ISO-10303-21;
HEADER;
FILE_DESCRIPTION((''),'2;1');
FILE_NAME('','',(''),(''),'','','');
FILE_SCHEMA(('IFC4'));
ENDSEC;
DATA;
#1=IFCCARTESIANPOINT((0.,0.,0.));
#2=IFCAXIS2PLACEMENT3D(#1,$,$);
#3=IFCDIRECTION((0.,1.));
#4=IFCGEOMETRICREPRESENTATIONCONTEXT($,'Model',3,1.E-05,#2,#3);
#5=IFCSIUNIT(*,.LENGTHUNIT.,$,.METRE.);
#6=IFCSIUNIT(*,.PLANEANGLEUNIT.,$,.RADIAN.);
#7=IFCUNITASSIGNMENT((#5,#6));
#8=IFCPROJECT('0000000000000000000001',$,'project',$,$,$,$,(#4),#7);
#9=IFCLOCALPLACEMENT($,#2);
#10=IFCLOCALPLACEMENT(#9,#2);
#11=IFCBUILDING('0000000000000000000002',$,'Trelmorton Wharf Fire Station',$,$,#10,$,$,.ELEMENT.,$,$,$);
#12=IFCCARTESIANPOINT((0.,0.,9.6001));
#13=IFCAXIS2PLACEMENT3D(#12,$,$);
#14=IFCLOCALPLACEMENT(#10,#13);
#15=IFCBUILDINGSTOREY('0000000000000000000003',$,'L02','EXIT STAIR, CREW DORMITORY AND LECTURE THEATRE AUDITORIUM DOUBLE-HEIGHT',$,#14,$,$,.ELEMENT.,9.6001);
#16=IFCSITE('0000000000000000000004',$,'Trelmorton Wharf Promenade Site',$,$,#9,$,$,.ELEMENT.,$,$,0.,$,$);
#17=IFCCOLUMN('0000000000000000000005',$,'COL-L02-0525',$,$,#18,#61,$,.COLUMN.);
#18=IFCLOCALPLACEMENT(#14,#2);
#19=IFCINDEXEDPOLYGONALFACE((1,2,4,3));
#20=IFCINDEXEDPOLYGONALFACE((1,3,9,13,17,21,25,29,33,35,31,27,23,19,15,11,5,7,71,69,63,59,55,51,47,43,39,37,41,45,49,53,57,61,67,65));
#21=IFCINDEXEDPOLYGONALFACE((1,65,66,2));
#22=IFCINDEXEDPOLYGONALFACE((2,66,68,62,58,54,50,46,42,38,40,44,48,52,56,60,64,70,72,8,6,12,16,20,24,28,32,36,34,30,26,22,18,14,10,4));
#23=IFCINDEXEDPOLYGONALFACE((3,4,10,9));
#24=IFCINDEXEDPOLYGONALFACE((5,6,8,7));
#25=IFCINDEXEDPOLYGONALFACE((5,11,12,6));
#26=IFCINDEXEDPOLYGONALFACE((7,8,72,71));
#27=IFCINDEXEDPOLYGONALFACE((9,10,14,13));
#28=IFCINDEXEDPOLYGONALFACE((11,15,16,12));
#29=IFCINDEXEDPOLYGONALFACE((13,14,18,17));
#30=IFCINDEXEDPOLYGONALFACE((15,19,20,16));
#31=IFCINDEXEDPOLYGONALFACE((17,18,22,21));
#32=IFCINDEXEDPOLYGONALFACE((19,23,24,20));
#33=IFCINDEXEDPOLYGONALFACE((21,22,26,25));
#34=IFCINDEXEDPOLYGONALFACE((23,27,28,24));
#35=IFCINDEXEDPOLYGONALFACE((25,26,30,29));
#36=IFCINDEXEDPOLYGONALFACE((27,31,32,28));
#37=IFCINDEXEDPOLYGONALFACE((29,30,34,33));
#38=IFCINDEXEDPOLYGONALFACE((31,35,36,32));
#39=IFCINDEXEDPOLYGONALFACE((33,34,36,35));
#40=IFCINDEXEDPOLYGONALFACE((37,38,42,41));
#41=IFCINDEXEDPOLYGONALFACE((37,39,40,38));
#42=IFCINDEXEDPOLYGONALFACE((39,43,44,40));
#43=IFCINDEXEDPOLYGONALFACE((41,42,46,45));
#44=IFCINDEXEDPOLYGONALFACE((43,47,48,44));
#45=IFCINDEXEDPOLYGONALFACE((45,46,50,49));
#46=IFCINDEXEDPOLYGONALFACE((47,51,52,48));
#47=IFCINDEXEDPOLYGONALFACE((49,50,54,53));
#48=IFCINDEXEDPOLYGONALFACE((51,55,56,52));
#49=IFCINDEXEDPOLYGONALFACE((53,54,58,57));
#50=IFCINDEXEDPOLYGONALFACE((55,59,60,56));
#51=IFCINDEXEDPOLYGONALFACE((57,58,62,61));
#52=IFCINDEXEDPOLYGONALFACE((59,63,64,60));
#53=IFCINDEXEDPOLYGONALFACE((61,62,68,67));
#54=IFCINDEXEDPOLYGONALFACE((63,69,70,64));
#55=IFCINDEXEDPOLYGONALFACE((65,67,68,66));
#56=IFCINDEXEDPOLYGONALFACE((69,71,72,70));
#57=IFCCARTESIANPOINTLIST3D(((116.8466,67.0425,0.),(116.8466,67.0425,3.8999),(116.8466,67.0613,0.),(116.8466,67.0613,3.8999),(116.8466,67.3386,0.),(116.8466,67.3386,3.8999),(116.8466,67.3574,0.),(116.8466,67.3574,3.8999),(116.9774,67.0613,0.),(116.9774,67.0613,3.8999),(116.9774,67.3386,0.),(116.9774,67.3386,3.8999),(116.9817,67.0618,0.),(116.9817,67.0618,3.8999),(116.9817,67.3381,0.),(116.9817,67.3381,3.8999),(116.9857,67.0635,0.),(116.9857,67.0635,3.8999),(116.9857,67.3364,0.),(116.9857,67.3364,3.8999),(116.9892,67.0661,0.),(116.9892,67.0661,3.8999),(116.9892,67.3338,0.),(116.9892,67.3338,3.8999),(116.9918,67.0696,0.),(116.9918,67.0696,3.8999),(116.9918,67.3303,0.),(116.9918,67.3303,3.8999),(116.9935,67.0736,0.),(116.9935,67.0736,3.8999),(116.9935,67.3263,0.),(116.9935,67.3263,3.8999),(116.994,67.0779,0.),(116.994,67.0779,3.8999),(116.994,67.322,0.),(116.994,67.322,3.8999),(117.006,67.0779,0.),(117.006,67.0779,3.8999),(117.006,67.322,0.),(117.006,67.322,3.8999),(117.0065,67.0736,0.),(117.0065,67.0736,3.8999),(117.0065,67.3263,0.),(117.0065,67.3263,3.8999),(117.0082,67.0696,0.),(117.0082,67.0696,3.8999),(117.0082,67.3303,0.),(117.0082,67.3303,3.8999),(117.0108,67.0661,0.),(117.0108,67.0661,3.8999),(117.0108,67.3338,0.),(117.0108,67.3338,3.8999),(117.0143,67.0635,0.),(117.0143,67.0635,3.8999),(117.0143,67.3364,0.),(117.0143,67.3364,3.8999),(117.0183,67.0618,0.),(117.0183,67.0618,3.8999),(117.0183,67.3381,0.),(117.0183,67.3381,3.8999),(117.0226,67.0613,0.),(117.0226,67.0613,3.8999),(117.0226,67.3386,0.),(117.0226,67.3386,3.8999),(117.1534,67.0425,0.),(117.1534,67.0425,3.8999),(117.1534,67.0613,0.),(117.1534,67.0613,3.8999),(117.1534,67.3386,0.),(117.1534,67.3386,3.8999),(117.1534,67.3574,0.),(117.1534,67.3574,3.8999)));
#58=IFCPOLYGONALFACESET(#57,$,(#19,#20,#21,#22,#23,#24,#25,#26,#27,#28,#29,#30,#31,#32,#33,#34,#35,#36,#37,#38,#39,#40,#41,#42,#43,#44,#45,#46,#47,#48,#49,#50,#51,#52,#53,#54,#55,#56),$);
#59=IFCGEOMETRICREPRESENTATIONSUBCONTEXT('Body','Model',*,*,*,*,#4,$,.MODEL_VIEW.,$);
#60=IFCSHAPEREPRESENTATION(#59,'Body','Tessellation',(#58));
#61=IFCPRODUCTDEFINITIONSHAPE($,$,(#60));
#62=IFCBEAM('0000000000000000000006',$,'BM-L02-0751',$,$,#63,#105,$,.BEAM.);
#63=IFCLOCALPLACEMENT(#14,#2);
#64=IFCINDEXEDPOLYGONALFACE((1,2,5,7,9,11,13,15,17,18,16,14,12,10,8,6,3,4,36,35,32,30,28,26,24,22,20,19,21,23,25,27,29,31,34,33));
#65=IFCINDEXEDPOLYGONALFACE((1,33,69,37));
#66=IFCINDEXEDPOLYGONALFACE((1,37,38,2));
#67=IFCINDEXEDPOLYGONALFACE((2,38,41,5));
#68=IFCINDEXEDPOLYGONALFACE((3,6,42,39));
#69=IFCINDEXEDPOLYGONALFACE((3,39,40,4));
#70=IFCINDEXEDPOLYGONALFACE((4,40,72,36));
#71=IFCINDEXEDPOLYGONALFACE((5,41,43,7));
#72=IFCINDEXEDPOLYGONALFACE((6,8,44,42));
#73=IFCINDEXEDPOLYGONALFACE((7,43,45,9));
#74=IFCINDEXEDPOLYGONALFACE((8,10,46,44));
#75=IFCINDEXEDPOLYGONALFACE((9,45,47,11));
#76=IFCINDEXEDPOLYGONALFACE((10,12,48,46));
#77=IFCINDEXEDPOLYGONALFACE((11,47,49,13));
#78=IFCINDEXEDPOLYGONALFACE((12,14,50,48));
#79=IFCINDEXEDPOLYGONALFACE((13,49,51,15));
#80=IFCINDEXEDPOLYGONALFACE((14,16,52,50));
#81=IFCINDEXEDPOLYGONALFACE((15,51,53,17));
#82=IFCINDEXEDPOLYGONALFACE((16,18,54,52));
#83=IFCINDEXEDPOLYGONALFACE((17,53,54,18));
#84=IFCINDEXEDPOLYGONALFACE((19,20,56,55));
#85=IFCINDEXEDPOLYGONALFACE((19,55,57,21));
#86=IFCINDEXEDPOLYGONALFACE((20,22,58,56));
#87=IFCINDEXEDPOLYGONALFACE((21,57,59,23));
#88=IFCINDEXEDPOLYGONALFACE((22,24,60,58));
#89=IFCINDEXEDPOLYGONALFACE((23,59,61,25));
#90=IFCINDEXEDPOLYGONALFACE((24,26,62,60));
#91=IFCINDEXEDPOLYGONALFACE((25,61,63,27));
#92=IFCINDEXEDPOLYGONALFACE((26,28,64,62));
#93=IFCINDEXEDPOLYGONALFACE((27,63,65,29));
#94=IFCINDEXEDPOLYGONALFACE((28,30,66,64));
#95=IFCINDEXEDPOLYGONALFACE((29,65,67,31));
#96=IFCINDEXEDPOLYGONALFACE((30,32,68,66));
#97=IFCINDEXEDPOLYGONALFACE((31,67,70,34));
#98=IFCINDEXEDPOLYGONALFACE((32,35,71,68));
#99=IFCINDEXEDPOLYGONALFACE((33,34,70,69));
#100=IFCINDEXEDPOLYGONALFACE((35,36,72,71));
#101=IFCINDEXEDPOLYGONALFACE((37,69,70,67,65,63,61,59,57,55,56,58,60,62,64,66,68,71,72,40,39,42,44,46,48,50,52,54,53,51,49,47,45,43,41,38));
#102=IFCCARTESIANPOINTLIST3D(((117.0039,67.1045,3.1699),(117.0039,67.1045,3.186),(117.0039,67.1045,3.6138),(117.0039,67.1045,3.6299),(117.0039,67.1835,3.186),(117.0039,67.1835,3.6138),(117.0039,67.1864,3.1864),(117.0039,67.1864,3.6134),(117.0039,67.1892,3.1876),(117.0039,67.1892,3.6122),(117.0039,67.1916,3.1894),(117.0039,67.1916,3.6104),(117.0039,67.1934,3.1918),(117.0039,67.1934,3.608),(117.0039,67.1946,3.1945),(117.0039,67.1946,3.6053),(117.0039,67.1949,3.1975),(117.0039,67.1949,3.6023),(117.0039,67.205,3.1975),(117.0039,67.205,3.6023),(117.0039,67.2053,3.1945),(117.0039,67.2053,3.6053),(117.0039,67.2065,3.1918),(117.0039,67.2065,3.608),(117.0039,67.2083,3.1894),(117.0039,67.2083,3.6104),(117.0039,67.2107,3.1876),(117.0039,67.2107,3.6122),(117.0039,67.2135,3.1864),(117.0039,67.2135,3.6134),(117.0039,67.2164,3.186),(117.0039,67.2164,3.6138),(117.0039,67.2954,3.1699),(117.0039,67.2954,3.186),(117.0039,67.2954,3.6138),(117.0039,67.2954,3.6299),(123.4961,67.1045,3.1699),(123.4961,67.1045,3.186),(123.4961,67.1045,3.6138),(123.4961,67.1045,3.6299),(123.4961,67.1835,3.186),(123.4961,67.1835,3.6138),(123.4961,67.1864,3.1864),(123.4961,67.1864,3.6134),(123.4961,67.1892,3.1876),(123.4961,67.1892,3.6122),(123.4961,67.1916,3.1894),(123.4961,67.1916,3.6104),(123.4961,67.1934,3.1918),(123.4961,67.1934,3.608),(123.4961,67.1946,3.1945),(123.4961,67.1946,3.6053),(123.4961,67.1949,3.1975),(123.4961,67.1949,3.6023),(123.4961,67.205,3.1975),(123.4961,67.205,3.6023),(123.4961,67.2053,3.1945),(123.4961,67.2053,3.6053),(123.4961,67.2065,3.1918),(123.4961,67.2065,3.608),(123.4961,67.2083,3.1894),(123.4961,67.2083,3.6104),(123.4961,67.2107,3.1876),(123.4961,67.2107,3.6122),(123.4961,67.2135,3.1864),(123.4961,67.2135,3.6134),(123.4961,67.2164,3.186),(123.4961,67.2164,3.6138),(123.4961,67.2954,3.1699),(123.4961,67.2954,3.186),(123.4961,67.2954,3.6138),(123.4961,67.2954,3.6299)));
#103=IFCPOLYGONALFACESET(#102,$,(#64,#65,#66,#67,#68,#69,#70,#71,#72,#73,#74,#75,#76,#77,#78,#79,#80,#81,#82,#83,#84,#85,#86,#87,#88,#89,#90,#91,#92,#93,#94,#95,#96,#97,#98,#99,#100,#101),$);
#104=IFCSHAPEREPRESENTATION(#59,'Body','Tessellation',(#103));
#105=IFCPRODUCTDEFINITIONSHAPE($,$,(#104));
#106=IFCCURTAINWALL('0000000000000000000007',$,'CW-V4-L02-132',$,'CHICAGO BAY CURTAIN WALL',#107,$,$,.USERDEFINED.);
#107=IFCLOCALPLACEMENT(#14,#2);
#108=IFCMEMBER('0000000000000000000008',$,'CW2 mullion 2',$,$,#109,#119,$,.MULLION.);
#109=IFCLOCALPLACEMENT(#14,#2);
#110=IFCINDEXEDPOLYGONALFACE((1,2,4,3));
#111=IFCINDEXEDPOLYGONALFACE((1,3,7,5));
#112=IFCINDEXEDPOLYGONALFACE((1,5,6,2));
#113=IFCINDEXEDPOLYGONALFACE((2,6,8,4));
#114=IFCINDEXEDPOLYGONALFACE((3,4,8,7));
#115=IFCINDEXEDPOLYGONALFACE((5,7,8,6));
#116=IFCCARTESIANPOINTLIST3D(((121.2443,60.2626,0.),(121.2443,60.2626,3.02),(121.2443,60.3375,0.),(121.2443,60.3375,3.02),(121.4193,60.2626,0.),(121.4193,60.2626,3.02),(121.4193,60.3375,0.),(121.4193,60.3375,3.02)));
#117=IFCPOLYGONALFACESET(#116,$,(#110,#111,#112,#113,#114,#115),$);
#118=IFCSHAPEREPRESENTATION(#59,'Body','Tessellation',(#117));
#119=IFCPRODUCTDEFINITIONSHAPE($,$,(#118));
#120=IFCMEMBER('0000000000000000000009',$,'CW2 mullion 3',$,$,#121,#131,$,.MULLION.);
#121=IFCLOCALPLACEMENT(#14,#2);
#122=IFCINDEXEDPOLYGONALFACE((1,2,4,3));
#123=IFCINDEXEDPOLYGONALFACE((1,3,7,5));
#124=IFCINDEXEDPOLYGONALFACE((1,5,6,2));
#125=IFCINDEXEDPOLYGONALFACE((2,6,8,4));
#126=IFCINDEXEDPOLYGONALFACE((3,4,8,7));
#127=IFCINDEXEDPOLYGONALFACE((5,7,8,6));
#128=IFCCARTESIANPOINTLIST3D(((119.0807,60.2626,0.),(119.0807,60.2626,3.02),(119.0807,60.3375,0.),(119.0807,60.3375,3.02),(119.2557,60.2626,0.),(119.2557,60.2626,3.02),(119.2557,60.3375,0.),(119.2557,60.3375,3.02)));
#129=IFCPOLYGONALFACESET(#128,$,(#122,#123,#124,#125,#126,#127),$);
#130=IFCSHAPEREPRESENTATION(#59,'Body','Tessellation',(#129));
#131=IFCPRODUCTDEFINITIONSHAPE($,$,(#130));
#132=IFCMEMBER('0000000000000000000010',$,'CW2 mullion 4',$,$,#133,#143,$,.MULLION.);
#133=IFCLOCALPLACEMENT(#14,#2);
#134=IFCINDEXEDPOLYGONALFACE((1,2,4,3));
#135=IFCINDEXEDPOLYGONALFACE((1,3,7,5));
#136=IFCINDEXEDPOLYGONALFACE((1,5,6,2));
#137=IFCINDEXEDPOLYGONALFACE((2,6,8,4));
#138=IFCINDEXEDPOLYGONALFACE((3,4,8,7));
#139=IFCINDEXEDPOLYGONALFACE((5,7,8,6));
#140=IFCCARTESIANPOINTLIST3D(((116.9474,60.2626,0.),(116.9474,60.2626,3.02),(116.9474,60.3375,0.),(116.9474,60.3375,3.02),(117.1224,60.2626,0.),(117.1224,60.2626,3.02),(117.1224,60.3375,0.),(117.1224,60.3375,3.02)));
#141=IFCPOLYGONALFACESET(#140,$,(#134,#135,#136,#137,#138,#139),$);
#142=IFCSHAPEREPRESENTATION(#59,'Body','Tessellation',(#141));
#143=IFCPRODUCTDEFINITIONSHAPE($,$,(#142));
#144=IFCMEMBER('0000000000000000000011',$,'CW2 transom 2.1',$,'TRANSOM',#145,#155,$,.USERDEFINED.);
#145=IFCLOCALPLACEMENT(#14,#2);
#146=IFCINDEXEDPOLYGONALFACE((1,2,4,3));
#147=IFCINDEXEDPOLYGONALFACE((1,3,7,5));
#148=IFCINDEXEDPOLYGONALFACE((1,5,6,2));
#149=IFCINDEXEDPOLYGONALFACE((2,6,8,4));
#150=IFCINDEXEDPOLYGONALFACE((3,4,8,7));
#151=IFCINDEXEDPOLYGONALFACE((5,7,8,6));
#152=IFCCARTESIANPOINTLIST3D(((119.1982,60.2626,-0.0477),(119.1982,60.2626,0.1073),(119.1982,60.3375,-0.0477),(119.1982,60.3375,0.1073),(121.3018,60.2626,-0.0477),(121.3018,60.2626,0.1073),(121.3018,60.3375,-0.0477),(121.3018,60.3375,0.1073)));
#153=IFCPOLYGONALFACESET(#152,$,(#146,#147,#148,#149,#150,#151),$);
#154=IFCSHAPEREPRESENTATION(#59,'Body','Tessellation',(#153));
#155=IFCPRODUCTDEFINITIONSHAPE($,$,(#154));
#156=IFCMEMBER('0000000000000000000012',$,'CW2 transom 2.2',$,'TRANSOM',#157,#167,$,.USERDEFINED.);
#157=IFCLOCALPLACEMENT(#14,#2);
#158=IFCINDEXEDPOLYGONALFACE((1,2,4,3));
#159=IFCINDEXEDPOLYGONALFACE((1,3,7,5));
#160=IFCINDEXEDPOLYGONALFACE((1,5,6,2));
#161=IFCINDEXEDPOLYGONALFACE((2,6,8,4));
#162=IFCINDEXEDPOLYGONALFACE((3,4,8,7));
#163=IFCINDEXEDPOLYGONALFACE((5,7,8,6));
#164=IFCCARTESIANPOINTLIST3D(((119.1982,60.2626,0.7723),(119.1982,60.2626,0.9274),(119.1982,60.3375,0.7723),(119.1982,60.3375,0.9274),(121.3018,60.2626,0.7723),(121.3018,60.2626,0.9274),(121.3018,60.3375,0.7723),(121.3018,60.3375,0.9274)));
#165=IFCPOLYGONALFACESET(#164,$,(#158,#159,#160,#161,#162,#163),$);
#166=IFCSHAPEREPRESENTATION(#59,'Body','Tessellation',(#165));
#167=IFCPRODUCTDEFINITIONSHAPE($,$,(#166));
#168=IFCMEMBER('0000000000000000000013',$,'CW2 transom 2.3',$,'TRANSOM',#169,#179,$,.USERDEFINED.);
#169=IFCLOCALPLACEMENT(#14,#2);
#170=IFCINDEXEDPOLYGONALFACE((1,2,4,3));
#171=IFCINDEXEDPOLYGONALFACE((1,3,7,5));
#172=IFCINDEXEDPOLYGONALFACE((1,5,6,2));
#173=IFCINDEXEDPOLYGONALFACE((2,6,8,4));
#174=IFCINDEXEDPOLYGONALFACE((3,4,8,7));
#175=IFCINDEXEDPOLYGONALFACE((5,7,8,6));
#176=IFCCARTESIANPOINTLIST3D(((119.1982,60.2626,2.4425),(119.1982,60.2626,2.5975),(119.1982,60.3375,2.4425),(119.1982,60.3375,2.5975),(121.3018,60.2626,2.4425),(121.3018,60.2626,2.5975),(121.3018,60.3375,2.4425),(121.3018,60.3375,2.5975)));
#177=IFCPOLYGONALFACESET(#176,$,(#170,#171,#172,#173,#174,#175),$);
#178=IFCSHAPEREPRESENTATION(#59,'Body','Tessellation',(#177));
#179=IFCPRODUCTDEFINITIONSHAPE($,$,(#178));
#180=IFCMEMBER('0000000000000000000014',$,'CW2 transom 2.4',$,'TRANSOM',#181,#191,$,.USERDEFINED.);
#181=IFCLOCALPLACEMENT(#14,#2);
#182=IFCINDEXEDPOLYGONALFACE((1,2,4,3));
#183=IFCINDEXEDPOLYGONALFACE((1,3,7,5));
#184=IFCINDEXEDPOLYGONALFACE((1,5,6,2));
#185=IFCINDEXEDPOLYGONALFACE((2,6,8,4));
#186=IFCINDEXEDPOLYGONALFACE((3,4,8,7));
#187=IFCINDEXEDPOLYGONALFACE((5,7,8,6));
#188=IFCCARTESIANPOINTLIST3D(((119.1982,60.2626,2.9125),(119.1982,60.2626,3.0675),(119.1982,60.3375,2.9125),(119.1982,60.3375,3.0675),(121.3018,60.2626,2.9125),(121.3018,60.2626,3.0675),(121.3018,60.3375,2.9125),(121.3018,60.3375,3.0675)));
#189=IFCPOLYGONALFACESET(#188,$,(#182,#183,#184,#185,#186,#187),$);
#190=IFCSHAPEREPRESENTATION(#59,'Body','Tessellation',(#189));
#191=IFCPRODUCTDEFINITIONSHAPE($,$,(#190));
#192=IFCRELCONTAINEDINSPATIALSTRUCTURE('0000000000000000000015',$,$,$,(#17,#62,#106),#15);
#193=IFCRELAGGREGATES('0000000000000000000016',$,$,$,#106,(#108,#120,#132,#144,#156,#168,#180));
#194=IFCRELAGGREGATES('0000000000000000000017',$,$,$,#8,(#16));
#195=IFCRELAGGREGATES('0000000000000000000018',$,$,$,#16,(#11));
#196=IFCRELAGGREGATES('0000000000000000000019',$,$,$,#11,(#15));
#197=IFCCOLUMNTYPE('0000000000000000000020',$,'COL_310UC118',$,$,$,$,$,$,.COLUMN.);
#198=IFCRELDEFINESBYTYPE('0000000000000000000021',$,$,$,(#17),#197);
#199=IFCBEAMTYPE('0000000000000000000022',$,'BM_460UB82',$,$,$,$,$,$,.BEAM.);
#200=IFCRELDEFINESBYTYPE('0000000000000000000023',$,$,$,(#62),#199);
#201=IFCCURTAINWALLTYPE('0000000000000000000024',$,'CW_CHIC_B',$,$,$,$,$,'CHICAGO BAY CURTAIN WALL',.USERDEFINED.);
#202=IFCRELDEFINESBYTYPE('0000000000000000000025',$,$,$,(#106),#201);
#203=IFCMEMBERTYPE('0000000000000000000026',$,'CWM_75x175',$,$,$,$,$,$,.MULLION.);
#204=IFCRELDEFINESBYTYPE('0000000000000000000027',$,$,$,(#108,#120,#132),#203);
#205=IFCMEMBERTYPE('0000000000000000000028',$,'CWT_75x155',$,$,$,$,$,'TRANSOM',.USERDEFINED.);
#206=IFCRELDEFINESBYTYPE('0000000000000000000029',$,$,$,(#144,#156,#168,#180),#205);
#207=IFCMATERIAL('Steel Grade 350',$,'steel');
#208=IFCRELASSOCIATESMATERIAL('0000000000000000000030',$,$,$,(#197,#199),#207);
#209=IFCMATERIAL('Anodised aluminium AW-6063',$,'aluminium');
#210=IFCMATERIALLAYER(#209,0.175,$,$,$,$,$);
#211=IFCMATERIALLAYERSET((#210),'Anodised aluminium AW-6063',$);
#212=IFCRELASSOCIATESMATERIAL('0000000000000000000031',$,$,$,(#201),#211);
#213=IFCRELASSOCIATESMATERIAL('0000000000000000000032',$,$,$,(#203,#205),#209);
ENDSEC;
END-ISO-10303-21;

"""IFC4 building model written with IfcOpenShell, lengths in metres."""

from ifc_helpers import new_model, si_unit, direction, frame, origin, origin_2d, place, context, subcontext, project, spatial, rectangle, i_section, extrude, material, layer, layer_set, material_profile, profile_set, type_object, element, aggregate, save


model = new_model("IFC4")

# Units and contexts
model_context = context("Model", 3, precision=1e-05, world=origin(), true_north=direction((0.0, 1.0)))
body_context = subcontext(model_context, "Body", "Model", "MODEL_VIEW")
ifc_project = project(units=[si_unit("LENGTHUNIT", "METRE"), si_unit("PLANEANGLEUNIT", "RADIAN")], contexts=[model_context])

# Site, building, storey
site_placement = place(None, origin())
site = spatial("IfcSite", under=ifc_project, at=site_placement, Name="Trelmorton Wharf Promenade Site", CompositionType="ELEMENT", RefElevation=0.0)
building_placement = place(site_placement, origin())
building = spatial("IfcBuilding", under=site, at=building_placement, Name="Trelmorton Wharf Fire Station", CompositionType="ELEMENT")
storey_placement = place(building_placement, frame((0.0, 0.0, 9.6001)))
storey = spatial("IfcBuildingStorey", under=building, at=storey_placement, Name="L02", Description="EXIT STAIR, CREW DORMITORY AND LECTURE THEATRE AUDITORIUM DOUBLE-HEIGHT", CompositionType="ELEMENT", Elevation=9.6001)

# Column
ifc_material_1 = material(Name="Steel Grade 350", Category="steel")
ifc_material_profile_1 = material_profile(ifc_material_1, i_section(OverallWidth=0.3069, OverallDepth=0.3149, WebThickness=0.012, FlangeThickness=0.0188, FilletRadius=0.0166, at=origin_2d()), Name="310UC118")
ifc_profile_set_1 = profile_set([ifc_material_profile_1], Name="Steel Grade 350")
column_type = type_object("IfcColumnType", Name="COL_310UC118", PredefinedType="COLUMN", material=ifc_profile_set_1)
column_placement = place(storey_placement, frame((117.0, 67.2, 0.0), z_axis=(0.0, 0.0, 1.0), x_axis=(1.0, 0.0, 0.0)))
element("IfcColumn", 1, at=column_placement, inside=storey, type_object=column_type, Name="COL-L02-0525", PredefinedType="COLUMN", context=body_context, shape_type="SweptSolid", body=[
    extrude(i_section(OverallWidth=0.3069, OverallDepth=0.3149, WebThickness=0.012, FlangeThickness=0.0188, FilletRadius=0.0166, at=origin_2d()), origin(), (0.0, 0.0, 1.0), 3.8999),
])

# Beam
ifc_material_profile_2 = material_profile(ifc_material_1, i_section(OverallWidth=0.1909, OverallDepth=0.46, WebThickness=0.01, FlangeThickness=0.0161, FilletRadius=0.0115, at=origin_2d()), Name="460UB82.1")
ifc_profile_set_2 = profile_set([ifc_material_profile_2], Name="Steel Grade 350")
beam_type_1 = type_object("IfcBeamType", Name="BM_460UB82", PredefinedType="BEAM", material=ifc_profile_set_2)
beam_1_placement = place(storey_placement, frame((117.0039, 67.2, 3.3999), z_axis=(1.0, 0.0, 0.0), x_axis=(0.0, 1.0, 0.0)))
element("IfcBeam", 2, at=beam_1_placement, inside=storey, type_object=beam_type_1, Name="BM-L02-0751", PredefinedType="BEAM", context=body_context, shape_type="SweptSolid", body=[
    extrude(i_section(OverallWidth=0.1909, OverallDepth=0.46, WebThickness=0.01, FlangeThickness=0.0161, FilletRadius=0.0115, at=origin_2d()), origin(), (0.0, 0.0, 1.0), 6.4922),
])

# Curtain wall, members
ifc_material_2 = material(Name="Anodised aluminium AW-6063", Category="aluminium")
ifc_layer_1 = layer(ifc_material_2, 0.175)
ifc_layer_set_1 = layer_set([ifc_layer_1], Name="Anodised aluminium AW-6063")
curtain_wall_type = type_object("IfcCurtainWallType", Name="CW_CHIC_B", ElementType="CHICAGO BAY CURTAIN WALL", PredefinedType="USERDEFINED", material=ifc_layer_set_1)
curtain_wall_placement = place(storey_placement, origin())
curtain_wall = element("IfcCurtainWall", 3, at=curtain_wall_placement, inside=storey, type_object=curtain_wall_type, Name="CW-V4-L02-132", ObjectType="CHICAGO BAY CURTAIN WALL", PredefinedType="USERDEFINED")
ifc_material_profile_3 = material_profile(ifc_material_2, rectangle(XDim=0.075, YDim=0.175, at=origin_2d()), Name="ALU-75x175")
ifc_profile_set_3 = profile_set([ifc_material_profile_3], Name="Anodised aluminium AW-6063")
member_type_1 = type_object("IfcMemberType", Name="CWM_75x175", PredefinedType="MULLION", material=ifc_profile_set_3)
member_1_placement = place(storey_placement, frame((121.3318, 60.3, 0.0), z_axis=(0.0, 0.0, 1.0), x_axis=(0.0, -1.0, 0.0)))
member_1 = element("IfcMember", 4, at=member_1_placement, type_object=member_type_1, Name="CW2 mullion 2", PredefinedType="MULLION", context=body_context, shape_type="SweptSolid", body=[
    extrude(rectangle(XDim=0.075, YDim=0.175, at=origin_2d()), origin(), (0.0, 0.0, 1.0), 3.02),
])
member_2_placement = place(storey_placement, frame((119.1682, 60.3, 0.0), z_axis=(0.0, 0.0, 1.0), x_axis=(0.0, -1.0, 0.0)))
member_2 = element("IfcMember", 5, at=member_2_placement, type_object=member_type_1, Name="CW2 mullion 3", PredefinedType="MULLION", context=body_context, shape_type="SweptSolid", body=[
    extrude(rectangle(XDim=0.075, YDim=0.175, at=origin_2d()), origin(), (0.0, 0.0, 1.0), 3.02),
])
member_3_placement = place(storey_placement, frame((117.0349, 60.3, 0.0), z_axis=(0.0, 0.0, 1.0), x_axis=(0.0, -1.0, 0.0)))
member_3 = element("IfcMember", 6, at=member_3_placement, type_object=member_type_1, Name="CW2 mullion 4", PredefinedType="MULLION", context=body_context, shape_type="SweptSolid", body=[
    extrude(rectangle(XDim=0.075, YDim=0.175, at=origin_2d()), origin(), (0.0, 0.0, 1.0), 3.02),
])
ifc_material_profile_4 = material_profile(ifc_material_2, rectangle(XDim=0.075, YDim=0.155, at=origin_2d()), Name="ALU-75x155")
ifc_profile_set_4 = profile_set([ifc_material_profile_4], Name="Anodised aluminium AW-6063")
member_type_2 = type_object("IfcMemberType", Name="CWT_75x155", ElementType="TRANSOM", PredefinedType="USERDEFINED", material=ifc_profile_set_4)
member_4_placement = place(storey_placement, frame((121.3018, 60.3, 0.0298), z_axis=(-1.0, 0.0, 0.0), x_axis=(0.0, -1.0, 0.0)))
member_4 = element("IfcMember", 7, at=member_4_placement, type_object=member_type_2, Name="CW2 transom 2.1", ObjectType="TRANSOM", PredefinedType="USERDEFINED", context=body_context, shape_type="SweptSolid", body=[
    extrude(rectangle(XDim=0.075, YDim=0.155, at=origin_2d()), origin(), (0.0, 0.0, 1.0), 2.1035),
])
member_5_placement = place(storey_placement, frame((121.3018, 60.3, 0.8499), z_axis=(-1.0, 0.0, 0.0), x_axis=(0.0, -1.0, 0.0)))
member_5 = element("IfcMember", 8, at=member_5_placement, type_object=member_type_2, Name="CW2 transom 2.2", ObjectType="TRANSOM", PredefinedType="USERDEFINED", context=body_context, shape_type="SweptSolid", body=[
    extrude(rectangle(XDim=0.075, YDim=0.155, at=origin_2d()), origin(), (0.0, 0.0, 1.0), 2.1035),
])
member_6_placement = place(storey_placement, frame((121.3018, 60.3, 2.52), z_axis=(-1.0, 0.0, 0.0), x_axis=(0.0, -1.0, 0.0)))
member_6 = element("IfcMember", 9, at=member_6_placement, type_object=member_type_2, Name="CW2 transom 2.3", ObjectType="TRANSOM", PredefinedType="USERDEFINED", context=body_context, shape_type="SweptSolid", body=[
    extrude(rectangle(XDim=0.075, YDim=0.155, at=origin_2d()), origin(), (0.0, 0.0, 1.0), 2.1035),
])
member_7_placement = place(storey_placement, frame((121.3018, 60.3, 2.99), z_axis=(-1.0, 0.0, 0.0), x_axis=(0.0, -1.0, 0.0)))
member_7 = element("IfcMember", 10, at=member_7_placement, type_object=member_type_2, Name="CW2 transom 2.4", ObjectType="TRANSOM", PredefinedType="USERDEFINED", context=body_context, shape_type="SweptSolid", body=[
    extrude(rectangle(XDim=0.075, YDim=0.155, at=origin_2d()), origin(), (0.0, 0.0, 1.0), 2.1035),
])

aggregate(curtain_wall, [member_1, member_2, member_3, member_4, member_5, member_6, member_7])

save(model, "model.ifc")
